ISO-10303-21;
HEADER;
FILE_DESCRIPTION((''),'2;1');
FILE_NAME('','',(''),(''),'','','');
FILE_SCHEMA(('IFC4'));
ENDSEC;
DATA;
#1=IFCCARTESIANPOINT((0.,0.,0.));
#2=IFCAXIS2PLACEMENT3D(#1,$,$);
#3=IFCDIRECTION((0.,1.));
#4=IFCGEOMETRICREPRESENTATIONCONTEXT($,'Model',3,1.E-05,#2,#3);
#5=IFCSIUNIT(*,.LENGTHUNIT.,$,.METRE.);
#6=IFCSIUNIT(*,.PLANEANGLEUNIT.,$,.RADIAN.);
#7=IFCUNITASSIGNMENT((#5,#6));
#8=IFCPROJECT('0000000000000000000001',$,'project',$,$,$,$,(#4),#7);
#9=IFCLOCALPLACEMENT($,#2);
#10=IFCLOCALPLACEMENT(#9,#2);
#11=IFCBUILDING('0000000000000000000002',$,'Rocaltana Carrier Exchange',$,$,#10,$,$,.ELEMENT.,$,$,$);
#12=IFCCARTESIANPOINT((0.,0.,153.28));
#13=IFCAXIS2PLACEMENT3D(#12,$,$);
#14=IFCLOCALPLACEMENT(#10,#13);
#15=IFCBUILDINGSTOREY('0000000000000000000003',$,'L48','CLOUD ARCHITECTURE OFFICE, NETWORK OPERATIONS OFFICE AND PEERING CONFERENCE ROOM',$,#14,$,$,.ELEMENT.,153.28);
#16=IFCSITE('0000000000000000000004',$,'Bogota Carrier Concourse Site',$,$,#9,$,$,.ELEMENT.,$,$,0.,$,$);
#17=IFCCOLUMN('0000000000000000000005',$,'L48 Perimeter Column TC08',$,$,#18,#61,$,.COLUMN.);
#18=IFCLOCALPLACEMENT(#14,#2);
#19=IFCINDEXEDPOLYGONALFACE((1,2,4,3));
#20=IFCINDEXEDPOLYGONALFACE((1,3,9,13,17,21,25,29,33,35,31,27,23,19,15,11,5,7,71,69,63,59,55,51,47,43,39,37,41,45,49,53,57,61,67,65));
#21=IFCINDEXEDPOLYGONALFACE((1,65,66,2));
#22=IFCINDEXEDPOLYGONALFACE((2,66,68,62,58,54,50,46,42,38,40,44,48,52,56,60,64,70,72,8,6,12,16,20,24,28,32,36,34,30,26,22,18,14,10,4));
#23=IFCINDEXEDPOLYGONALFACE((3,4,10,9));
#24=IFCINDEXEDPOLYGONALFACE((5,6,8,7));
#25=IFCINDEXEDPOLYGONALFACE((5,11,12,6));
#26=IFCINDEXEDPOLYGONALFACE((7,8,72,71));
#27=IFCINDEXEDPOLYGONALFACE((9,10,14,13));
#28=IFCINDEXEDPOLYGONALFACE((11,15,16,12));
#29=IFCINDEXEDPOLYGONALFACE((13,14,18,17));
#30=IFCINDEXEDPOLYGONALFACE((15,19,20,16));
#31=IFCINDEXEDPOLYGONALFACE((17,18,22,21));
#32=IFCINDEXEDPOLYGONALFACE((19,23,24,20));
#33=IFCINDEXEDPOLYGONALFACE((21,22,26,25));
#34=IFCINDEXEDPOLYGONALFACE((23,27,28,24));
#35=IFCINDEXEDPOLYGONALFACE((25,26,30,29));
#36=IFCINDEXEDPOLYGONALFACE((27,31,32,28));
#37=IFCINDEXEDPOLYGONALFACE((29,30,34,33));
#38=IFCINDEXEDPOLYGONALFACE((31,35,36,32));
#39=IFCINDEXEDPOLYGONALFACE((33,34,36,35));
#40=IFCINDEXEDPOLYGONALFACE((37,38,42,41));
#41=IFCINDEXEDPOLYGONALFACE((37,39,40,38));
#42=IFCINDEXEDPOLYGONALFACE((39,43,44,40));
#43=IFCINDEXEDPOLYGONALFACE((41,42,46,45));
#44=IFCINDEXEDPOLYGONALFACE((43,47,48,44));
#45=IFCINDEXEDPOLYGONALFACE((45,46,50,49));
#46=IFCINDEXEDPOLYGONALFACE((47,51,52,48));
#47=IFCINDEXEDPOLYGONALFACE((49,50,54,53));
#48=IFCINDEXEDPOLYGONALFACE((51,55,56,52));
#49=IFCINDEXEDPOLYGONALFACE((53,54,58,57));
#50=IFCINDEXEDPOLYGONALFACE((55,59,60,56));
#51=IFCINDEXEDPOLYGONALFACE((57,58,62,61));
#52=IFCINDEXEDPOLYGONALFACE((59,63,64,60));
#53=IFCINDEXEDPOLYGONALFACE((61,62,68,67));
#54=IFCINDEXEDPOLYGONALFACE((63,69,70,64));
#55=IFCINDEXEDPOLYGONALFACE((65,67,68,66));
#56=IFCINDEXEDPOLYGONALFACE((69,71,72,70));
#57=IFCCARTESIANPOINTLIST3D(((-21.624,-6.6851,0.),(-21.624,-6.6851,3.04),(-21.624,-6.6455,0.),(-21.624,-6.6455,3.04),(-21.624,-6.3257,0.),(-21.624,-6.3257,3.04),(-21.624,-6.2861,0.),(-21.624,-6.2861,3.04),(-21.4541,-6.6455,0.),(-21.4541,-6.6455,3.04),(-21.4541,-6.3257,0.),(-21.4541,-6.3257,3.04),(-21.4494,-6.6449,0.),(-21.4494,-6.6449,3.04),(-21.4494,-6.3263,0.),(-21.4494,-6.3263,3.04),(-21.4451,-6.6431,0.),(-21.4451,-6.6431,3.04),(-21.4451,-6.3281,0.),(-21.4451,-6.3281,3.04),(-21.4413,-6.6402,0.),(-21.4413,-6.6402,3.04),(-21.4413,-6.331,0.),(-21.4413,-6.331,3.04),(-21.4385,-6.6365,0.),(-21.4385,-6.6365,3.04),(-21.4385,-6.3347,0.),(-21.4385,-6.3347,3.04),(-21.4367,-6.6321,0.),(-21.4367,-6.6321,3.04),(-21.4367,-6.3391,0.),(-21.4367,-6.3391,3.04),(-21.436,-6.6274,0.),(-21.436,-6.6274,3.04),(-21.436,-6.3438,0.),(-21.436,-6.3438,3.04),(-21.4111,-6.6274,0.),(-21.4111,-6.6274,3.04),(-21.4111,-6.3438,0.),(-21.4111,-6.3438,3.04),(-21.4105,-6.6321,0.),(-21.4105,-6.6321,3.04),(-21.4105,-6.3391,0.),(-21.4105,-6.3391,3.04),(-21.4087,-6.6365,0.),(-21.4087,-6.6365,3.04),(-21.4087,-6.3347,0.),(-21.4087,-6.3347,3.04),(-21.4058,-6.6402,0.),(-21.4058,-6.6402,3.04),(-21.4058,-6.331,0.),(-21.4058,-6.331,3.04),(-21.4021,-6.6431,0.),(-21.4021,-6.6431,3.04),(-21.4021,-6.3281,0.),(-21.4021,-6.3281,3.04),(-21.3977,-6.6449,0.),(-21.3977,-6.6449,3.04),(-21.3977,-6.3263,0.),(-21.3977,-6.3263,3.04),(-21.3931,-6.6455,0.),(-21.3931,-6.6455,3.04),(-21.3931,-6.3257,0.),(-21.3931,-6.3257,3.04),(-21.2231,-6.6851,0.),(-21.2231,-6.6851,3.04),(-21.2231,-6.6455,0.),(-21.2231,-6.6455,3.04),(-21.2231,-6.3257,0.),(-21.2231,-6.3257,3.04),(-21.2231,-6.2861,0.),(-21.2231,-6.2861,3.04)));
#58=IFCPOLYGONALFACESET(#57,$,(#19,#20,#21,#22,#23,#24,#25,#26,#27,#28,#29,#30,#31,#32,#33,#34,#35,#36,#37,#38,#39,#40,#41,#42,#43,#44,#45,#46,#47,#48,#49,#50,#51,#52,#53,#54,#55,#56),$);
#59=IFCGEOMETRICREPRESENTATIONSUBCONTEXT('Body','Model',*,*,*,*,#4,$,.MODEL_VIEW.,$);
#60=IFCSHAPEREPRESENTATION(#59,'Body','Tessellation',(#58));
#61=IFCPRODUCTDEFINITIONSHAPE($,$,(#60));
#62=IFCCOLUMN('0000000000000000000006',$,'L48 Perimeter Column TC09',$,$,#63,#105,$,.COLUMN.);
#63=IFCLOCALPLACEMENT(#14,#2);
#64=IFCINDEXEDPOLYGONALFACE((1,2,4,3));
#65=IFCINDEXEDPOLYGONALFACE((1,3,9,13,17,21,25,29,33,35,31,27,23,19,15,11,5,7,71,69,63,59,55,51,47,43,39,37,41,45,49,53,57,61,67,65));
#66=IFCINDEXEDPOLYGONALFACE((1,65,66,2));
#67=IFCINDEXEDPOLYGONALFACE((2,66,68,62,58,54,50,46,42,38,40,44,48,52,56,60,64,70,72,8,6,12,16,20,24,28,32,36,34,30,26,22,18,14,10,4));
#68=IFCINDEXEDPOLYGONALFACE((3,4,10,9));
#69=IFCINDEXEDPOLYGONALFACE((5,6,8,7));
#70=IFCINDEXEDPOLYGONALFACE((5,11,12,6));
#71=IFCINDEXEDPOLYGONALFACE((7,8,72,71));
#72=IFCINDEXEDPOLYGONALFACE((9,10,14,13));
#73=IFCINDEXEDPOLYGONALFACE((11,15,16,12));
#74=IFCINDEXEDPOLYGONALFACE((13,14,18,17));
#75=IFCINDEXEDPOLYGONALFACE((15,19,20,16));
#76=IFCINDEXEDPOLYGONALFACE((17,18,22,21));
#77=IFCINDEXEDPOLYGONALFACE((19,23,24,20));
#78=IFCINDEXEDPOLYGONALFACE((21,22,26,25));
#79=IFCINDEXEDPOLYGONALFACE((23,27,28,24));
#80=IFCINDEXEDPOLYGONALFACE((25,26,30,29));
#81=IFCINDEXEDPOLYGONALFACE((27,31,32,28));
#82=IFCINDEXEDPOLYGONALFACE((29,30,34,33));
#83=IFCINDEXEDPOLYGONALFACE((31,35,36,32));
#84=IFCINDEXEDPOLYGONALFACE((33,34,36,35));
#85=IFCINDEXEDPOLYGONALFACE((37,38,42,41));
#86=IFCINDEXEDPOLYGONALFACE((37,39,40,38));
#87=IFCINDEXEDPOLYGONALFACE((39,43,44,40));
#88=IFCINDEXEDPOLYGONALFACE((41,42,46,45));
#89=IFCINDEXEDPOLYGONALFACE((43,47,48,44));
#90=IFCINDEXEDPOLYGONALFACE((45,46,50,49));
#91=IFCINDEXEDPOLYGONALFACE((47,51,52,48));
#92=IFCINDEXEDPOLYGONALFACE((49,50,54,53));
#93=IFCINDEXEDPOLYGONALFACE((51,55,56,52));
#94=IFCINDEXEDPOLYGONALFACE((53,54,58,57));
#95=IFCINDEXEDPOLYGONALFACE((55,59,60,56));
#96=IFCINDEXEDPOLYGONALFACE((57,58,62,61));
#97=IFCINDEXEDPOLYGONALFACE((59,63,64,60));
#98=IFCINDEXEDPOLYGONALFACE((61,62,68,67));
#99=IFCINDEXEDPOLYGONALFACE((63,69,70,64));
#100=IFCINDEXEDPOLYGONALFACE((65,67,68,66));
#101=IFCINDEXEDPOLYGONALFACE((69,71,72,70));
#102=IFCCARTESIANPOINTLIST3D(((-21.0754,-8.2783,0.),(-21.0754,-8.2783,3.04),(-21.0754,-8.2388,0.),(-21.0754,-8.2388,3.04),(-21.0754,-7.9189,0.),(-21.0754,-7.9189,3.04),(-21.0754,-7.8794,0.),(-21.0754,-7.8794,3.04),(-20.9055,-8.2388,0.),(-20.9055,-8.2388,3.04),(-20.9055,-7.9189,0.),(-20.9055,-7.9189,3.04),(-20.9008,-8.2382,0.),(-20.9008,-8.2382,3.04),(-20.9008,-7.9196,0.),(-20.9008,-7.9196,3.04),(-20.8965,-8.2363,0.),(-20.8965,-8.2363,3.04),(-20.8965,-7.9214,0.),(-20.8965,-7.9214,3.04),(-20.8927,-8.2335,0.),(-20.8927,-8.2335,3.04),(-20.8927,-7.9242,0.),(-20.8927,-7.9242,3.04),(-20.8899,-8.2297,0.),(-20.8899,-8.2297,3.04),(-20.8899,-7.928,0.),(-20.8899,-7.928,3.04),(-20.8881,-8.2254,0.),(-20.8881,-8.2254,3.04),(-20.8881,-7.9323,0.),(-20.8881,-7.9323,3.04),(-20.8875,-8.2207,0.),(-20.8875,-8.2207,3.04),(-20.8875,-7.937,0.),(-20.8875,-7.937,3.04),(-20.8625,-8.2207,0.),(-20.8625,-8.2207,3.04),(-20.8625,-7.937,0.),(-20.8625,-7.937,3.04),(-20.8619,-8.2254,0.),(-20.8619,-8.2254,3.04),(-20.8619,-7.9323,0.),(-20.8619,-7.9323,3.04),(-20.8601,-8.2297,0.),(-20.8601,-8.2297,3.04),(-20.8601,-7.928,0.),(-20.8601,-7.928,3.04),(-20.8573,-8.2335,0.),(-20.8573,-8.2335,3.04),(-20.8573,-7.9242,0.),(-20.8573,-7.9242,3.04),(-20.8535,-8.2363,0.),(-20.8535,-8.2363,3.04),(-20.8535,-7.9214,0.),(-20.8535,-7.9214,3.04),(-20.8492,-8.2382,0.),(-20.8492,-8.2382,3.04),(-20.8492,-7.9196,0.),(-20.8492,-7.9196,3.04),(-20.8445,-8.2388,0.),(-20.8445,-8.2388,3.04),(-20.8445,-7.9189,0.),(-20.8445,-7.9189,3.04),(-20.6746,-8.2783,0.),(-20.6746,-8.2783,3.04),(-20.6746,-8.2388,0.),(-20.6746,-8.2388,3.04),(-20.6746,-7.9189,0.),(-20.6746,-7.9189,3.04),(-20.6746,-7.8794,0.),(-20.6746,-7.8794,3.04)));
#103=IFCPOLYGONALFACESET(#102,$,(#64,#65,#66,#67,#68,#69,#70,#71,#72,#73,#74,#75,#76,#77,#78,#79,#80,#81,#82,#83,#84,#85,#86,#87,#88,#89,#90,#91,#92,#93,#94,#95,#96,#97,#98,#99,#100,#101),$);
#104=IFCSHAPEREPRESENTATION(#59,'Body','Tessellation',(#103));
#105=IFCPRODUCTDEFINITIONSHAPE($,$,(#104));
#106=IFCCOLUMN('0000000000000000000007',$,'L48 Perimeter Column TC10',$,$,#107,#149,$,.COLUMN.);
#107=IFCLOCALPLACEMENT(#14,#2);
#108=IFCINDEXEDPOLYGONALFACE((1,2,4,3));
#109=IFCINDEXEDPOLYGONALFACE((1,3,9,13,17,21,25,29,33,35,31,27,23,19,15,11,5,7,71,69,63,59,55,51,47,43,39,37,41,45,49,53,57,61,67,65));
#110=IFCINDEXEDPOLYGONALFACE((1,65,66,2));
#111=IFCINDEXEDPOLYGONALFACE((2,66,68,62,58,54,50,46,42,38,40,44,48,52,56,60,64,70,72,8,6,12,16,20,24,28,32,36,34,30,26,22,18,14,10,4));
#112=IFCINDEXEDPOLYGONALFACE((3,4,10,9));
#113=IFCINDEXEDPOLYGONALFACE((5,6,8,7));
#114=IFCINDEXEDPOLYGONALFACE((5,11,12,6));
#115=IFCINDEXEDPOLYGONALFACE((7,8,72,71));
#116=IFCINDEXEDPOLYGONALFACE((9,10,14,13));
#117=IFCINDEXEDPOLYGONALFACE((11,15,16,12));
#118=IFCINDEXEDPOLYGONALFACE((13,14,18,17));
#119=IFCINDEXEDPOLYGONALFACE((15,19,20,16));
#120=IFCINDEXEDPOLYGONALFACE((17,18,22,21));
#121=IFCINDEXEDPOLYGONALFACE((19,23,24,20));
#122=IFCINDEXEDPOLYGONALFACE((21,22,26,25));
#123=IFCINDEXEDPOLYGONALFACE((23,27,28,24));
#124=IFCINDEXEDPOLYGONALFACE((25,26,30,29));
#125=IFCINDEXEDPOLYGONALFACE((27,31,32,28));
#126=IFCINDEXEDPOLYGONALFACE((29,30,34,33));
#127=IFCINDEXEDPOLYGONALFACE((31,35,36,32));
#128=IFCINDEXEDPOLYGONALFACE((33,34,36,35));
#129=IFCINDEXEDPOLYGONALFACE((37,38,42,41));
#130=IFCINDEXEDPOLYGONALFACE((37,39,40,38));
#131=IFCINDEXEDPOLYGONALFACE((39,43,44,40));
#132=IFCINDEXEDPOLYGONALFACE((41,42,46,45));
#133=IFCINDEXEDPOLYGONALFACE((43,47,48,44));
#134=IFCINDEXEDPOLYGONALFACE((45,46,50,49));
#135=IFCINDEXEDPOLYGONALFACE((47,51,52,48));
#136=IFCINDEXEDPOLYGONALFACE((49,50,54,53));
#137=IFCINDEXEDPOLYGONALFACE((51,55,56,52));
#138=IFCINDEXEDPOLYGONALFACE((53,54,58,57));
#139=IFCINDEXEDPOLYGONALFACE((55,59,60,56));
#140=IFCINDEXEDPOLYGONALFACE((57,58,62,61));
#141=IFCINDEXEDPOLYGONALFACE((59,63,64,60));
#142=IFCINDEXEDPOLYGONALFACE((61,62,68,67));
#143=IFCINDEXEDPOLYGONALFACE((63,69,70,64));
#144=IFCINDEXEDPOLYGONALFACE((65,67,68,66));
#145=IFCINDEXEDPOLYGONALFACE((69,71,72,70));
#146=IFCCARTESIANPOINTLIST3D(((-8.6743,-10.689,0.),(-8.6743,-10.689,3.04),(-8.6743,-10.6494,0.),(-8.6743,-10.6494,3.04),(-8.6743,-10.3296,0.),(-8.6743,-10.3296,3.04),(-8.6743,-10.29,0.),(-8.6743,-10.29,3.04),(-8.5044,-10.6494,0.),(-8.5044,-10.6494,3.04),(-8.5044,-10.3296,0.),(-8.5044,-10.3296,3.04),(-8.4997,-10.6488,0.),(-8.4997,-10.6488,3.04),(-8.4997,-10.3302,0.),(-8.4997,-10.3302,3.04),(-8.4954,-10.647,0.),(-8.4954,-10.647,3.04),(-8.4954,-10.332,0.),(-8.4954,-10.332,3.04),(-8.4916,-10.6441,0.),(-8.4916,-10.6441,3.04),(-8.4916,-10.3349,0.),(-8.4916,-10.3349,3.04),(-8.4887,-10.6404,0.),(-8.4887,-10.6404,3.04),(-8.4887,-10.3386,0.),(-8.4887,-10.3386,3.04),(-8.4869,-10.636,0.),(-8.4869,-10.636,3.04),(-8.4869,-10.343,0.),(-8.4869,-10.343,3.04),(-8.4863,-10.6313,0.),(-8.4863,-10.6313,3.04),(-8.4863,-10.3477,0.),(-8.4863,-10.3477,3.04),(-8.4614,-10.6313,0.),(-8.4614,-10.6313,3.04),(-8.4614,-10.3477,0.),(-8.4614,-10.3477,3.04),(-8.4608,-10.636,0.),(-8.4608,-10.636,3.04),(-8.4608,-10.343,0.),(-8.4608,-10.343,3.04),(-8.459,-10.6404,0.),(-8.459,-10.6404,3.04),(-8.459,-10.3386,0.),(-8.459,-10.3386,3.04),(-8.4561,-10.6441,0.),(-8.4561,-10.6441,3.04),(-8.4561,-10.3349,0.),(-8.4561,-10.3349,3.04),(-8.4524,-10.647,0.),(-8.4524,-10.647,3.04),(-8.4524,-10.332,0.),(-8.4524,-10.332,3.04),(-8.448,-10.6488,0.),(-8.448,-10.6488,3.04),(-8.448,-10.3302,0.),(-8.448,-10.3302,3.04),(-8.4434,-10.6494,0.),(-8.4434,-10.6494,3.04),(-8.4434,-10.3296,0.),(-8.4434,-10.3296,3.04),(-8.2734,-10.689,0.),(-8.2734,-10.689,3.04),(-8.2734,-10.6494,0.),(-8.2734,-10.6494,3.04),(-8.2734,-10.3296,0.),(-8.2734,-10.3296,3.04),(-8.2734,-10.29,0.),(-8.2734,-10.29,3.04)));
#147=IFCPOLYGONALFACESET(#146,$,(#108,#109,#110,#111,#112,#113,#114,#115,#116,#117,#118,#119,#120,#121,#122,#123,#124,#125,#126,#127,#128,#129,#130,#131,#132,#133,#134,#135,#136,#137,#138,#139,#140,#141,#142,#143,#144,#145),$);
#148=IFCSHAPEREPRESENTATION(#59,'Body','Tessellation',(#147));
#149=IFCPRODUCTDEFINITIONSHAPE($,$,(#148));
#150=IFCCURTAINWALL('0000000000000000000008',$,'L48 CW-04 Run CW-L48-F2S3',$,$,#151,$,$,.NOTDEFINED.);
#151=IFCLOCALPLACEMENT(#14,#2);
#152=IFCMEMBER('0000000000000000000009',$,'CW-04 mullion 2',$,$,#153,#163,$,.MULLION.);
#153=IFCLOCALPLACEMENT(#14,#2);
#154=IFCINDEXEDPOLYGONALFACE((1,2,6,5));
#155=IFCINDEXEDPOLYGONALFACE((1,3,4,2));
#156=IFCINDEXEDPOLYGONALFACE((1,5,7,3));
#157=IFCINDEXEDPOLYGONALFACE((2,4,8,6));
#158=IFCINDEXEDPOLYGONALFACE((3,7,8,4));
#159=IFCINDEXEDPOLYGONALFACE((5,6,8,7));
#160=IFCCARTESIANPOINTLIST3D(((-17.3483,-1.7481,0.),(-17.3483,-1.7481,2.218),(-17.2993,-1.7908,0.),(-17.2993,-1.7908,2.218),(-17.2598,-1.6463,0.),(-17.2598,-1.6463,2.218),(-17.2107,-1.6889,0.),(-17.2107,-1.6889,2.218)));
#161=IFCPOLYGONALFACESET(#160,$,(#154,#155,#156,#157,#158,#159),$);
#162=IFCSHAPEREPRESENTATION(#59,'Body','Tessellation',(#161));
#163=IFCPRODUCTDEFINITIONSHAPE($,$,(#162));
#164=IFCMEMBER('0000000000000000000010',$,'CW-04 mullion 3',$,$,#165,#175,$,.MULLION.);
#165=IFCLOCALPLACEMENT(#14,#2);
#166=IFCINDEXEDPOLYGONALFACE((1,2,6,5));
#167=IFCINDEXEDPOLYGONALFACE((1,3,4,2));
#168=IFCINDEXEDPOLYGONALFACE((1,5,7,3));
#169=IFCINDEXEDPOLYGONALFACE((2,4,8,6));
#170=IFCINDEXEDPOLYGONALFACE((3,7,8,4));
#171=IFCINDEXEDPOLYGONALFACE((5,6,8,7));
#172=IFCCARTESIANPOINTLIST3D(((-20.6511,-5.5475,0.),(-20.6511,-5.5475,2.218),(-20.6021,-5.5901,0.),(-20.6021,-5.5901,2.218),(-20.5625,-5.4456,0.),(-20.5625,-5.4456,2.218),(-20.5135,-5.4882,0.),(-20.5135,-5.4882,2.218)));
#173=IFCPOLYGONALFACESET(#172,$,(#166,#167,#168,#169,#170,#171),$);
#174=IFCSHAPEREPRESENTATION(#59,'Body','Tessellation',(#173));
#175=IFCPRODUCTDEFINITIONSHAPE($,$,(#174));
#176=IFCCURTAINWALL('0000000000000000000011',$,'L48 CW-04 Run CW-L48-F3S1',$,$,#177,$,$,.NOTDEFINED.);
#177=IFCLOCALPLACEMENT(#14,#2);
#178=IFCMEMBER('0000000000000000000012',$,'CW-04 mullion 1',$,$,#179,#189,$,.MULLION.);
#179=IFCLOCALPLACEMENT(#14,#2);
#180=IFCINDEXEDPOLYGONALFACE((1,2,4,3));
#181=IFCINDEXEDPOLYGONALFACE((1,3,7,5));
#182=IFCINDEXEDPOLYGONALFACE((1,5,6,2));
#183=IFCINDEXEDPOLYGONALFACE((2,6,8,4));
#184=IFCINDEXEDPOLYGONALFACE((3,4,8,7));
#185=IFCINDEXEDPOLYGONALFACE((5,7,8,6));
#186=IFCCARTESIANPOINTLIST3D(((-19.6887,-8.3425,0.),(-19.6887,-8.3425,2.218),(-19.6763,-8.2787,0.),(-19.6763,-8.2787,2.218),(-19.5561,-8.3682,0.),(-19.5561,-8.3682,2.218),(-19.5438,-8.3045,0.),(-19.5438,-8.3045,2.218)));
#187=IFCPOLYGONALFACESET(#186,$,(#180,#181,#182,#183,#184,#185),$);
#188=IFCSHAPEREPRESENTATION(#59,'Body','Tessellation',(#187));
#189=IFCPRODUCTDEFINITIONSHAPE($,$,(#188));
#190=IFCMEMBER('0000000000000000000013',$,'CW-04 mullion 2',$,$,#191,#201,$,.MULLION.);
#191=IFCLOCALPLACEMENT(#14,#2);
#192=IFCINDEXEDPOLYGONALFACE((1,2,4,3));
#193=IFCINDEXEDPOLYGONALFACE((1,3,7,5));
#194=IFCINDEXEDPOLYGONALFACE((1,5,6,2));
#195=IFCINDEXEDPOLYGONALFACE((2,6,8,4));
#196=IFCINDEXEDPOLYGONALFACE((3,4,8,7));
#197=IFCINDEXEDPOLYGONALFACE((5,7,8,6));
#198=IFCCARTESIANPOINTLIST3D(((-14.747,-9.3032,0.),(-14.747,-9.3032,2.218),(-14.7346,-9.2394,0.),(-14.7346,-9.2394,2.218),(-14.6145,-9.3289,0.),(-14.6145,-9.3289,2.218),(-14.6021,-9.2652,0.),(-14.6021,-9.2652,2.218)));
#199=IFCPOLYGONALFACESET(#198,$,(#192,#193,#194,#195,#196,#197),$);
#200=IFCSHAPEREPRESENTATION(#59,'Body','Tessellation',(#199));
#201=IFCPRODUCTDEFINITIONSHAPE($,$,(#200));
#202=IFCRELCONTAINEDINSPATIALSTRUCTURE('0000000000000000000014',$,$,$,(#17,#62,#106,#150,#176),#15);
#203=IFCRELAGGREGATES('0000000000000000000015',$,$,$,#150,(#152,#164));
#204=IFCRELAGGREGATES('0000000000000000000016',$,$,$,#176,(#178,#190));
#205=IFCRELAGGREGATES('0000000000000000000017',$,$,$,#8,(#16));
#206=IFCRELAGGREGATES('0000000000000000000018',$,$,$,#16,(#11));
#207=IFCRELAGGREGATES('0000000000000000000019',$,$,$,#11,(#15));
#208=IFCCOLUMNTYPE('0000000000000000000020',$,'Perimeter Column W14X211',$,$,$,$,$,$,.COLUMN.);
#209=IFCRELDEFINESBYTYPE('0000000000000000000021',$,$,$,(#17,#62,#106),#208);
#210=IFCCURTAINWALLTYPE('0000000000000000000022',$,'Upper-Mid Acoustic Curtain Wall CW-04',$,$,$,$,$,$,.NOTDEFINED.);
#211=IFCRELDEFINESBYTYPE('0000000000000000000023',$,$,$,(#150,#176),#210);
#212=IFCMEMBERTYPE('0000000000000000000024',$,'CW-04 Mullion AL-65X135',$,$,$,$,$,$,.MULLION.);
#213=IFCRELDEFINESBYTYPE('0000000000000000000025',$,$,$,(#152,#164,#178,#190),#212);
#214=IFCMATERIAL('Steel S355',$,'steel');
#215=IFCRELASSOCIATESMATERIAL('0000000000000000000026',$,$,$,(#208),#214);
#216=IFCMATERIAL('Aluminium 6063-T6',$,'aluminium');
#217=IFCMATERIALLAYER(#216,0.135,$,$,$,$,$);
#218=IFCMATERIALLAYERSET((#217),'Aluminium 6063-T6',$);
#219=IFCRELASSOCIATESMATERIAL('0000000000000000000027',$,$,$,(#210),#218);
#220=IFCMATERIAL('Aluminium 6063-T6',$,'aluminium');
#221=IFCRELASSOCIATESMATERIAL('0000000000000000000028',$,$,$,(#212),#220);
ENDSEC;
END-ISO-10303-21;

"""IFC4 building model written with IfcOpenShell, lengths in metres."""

from ifc_helpers import new_model, si_unit, direction, frame, origin, origin_2d, place, context, subcontext, project, spatial, rectangle, i_section, extrude, material, layer, layer_set, material_profile, profile_set, type_object, element, aggregate, save


model = new_model("IFC4")

# Units and contexts
model_context = context("Model", 3, precision=1e-05, world=origin(), true_north=direction((0.0, 1.0)))
body_context = subcontext(model_context, "Body", "Model", "MODEL_VIEW")
ifc_project = project(units=[si_unit("LENGTHUNIT", "METRE"), si_unit("PLANEANGLEUNIT", "RADIAN")], contexts=[model_context])

# Site, building, storey
site_placement = place(None, origin())
site = spatial("IfcSite", under=ifc_project, at=site_placement, Name="Bogota Carrier Concourse Site", CompositionType="ELEMENT", RefElevation=0.0)
building_placement = place(site_placement, origin())
building = spatial("IfcBuilding", under=site, at=building_placement, Name="Rocaltana Carrier Exchange", CompositionType="ELEMENT")
storey_placement = place(building_placement, frame((0.0, 0.0, 153.28)))
storey = spatial("IfcBuildingStorey", under=building, at=storey_placement, Name="L48", Description="CLOUD ARCHITECTURE OFFICE, NETWORK OPERATIONS OFFICE AND PEERING CONFERENCE ROOM", CompositionType="ELEMENT", Elevation=153.28)

# Columns
ifc_material_1 = material(Name="Steel S355", Category="steel")
ifc_material_profile_1 = material_profile(ifc_material_1, i_section(OverallWidth=0.4009, OverallDepth=0.3989, WebThickness=0.0249, FlangeThickness=0.0396, FilletRadius=0.0181, at=origin_2d()), Name="W14X211")
ifc_profile_set_1 = profile_set([ifc_material_profile_1], Name="Steel S355")
column_type = type_object("IfcColumnType", Name="Perimeter Column W14X211", PredefinedType="COLUMN", material=ifc_profile_set_1)
for number, where, z_axis, x_axis, name in (
    (1, (-21.4236, -6.4856, 0.0), (0.0, 0.0, 1.0), (1.0, 0.0, 0.0), "L48 Perimeter Column TC08"),
    (2, (-20.875, -8.0789, 0.0), (0.0, 0.0, 1.0), (1.0, 0.0, 0.0), "L48 Perimeter Column TC09"),
    (3, (-8.4739, -10.4895, 0.0), (0.0, 0.0, 1.0), (1.0, 0.0, 0.0), "L48 Perimeter Column TC10"),
):
    element("IfcColumn", number, at=place(storey_placement, frame(where, z_axis=z_axis, x_axis=x_axis)), inside=storey, type_object=column_type, Name=name, PredefinedType="COLUMN", context=body_context, shape_type="SweptSolid", body=[
        extrude(i_section(OverallWidth=0.4009, OverallDepth=0.3989, WebThickness=0.0249, FlangeThickness=0.0396, FilletRadius=0.0181, at=origin_2d()), origin(), (0.0, 0.0, 1.0), 3.04),
    ])

# Curtain walls, members
ifc_material_2 = material(Name="Aluminium 6063-T6", Category="aluminium")
ifc_layer_1 = layer(ifc_material_2, 0.135)
ifc_layer_set_1 = layer_set([ifc_layer_1], Name="Aluminium 6063-T6")
curtain_wall_type = type_object("IfcCurtainWallType", Name="Upper-Mid Acoustic Curtain Wall CW-04", PredefinedType="NOTDEFINED", material=ifc_layer_set_1)
curtain_wall_1_placement = place(storey_placement, origin())
curtain_wall_1 = element("IfcCurtainWall", 4, at=curtain_wall_1_placement, inside=storey, type_object=curtain_wall_type, Name="L48 CW-04 Run CW-L48-F2S3", PredefinedType="NOTDEFINED")
ifc_material_3 = material(Name="Aluminium 6063-T6", Category="aluminium")
ifc_material_profile_2 = material_profile(ifc_material_3, rectangle(XDim=0.0649, YDim=0.135, at=origin_2d()), Name="AL-65X135")
ifc_profile_set_2 = profile_set([ifc_material_profile_2], Name="Aluminium 6063-T6")
member_type_1 = type_object("IfcMemberType", Name="CW-04 Mullion AL-65X135", PredefinedType="MULLION", material=ifc_profile_set_2)
member_1_placement = place(storey_placement, frame((-17.2795, -1.7185, 0.0), z_axis=(0.0, 0.0, 1.0), x_axis=(0.754712, -0.656057, 0.0)))
member_1 = element("IfcMember", 5, at=member_1_placement, type_object=member_type_1, Name="CW-04 mullion 2", PredefinedType="MULLION", context=body_context, shape_type="SweptSolid", body=[
    extrude(rectangle(XDim=0.0649, YDim=0.135, at=origin_2d()), origin(), (0.0, 0.0, 1.0), 2.218),
])
member_2_placement = place(storey_placement, frame((-20.5823, -5.5178, 0.0), z_axis=(0.0, 0.0, 1.0), x_axis=(0.754712, -0.656057, 0.0)))
member_2 = element("IfcMember", 6, at=member_2_placement, type_object=member_type_1, Name="CW-04 mullion 3", PredefinedType="MULLION", context=body_context, shape_type="SweptSolid", body=[
    extrude(rectangle(XDim=0.0649, YDim=0.135, at=origin_2d()), origin(), (0.0, 0.0, 1.0), 2.218),
])
curtain_wall_2_placement = place(storey_placement, origin())
curtain_wall_2 = element("IfcCurtainWall", 7, at=curtain_wall_2_placement, inside=storey, type_object=curtain_wall_type, Name="L48 CW-04 Run CW-L48-F3S1", PredefinedType="NOTDEFINED")
member_3_placement = place(storey_placement, frame((-19.6162, -8.3235, 0.0), z_axis=(0.0, 0.0, 1.0), x_axis=(0.190803, 0.981628, 0.0)))
member_3 = element("IfcMember", 8, at=member_3_placement, type_object=member_type_1, Name="CW-04 mullion 1", PredefinedType="MULLION", context=body_context, shape_type="SweptSolid", body=[
    extrude(rectangle(XDim=0.0649, YDim=0.135, at=origin_2d()), origin(), (0.0, 0.0, 1.0), 2.218),
])
member_4_placement = place(storey_placement, frame((-14.6746, -9.2842, 0.0), z_axis=(0.0, 0.0, 1.0), x_axis=(0.190803, 0.981628, 0.0)))
member_4 = element("IfcMember", 9, at=member_4_placement, type_object=member_type_1, Name="CW-04 mullion 2", PredefinedType="MULLION", context=body_context, shape_type="SweptSolid", body=[
    extrude(rectangle(XDim=0.0649, YDim=0.135, at=origin_2d()), origin(), (0.0, 0.0, 1.0), 2.218),
])

aggregate(curtain_wall_1, [member_1, member_2])
aggregate(curtain_wall_2, [member_3, member_4])

save(model, "model.ifc")
